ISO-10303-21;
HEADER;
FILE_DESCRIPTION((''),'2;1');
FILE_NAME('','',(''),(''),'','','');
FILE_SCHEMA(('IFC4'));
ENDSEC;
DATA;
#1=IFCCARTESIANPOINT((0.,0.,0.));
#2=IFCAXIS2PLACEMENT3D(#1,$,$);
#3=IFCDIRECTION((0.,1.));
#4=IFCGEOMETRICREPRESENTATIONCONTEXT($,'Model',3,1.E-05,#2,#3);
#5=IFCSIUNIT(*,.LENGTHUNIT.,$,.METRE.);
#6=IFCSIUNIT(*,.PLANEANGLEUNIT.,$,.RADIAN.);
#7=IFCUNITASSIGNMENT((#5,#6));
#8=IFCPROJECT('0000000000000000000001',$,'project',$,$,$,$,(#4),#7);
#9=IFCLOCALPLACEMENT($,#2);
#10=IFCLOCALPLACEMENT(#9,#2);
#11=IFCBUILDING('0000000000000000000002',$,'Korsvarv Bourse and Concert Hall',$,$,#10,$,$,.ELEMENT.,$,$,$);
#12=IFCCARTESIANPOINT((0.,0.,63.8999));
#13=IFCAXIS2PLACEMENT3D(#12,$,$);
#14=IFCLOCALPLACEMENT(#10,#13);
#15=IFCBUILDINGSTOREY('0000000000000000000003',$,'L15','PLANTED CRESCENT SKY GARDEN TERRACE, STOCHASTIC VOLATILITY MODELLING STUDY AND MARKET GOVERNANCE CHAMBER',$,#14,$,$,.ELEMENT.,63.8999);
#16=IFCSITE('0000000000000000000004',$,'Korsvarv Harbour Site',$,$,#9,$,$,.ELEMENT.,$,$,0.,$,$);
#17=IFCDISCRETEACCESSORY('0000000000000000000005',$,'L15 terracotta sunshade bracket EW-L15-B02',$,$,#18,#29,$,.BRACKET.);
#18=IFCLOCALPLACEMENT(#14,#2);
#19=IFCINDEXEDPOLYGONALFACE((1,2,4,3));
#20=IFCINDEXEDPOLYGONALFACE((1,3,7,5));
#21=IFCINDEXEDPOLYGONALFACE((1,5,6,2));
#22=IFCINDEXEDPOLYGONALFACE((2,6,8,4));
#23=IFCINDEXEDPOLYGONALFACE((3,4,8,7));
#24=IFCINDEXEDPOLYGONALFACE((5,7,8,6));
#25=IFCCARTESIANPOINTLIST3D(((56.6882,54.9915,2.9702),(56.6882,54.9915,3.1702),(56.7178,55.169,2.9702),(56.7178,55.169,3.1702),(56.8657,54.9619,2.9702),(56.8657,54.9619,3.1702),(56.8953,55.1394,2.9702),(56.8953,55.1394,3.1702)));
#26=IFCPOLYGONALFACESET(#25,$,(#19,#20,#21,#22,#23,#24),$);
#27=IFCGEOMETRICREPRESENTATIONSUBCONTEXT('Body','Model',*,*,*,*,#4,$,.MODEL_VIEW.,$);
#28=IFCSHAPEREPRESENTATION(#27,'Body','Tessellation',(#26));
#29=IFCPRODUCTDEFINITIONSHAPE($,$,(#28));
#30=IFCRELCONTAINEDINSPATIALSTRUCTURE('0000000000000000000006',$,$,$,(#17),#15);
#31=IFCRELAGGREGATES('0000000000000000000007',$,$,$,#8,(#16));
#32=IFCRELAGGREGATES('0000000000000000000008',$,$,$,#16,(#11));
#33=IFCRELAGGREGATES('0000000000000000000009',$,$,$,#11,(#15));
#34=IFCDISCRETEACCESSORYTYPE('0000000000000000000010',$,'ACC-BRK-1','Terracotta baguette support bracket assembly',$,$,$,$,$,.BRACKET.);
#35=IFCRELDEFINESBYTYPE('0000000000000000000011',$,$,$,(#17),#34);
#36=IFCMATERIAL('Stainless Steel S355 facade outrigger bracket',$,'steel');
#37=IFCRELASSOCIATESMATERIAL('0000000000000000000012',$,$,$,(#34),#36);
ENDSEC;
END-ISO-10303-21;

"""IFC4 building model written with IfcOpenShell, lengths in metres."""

from ifc_helpers import new_model, si_unit, direction, frame, origin, origin_2d, place, context, subcontext, project, spatial, rectangle, extrude, source, transform, mapped, material, type_object, element, save


model = new_model("IFC4")

# Units and contexts
model_context = context("Model", 3, precision=1e-05, world=origin(), true_north=direction((0.0, 1.0)))
body_context = subcontext(model_context, "Body", "Model", "MODEL_VIEW")
ifc_project = project(units=[si_unit("LENGTHUNIT", "METRE"), si_unit("PLANEANGLEUNIT", "RADIAN")], contexts=[model_context])

# Site, building, storey
site_placement = place(None, origin())
site = spatial("IfcSite", under=ifc_project, at=site_placement, Name="Korsvarv Harbour Site", CompositionType="ELEMENT", RefElevation=0.0)
building_placement = place(site_placement, origin())
building = spatial("IfcBuilding", under=site, at=building_placement, Name="Korsvarv Bourse and Concert Hall", CompositionType="ELEMENT")
storey_placement = place(building_placement, frame((0.0, 0.0, 63.8999)))
storey = spatial("IfcBuildingStorey", under=building, at=storey_placement, Name="L15", Description="PLANTED CRESCENT SKY GARDEN TERRACE, STOCHASTIC VOLATILITY MODELLING STUDY AND MARKET GOVERNANCE CHAMBER", CompositionType="ELEMENT", Elevation=63.8999)

# Discrete accessory
ifc_material_1 = material(Name="Stainless Steel S355 facade outrigger bracket", Category="steel")
discrete_accessory_type = type_object("IfcDiscreteAccessoryType", Name="ACC-BRK-1", Description="Terracotta baguette support bracket assembly", PredefinedType="BRACKET", material=ifc_material_1)
shared_shape_1 = source(origin(), body_context, "Body", "SweptSolid", [
    extrude(rectangle(XDim=0.1799, YDim=0.1799, at=origin_2d()), origin(), (0.0, 0.0, 1.0), 0.2),
])
discrete_accessory_placement = place(storey_placement, frame((56.7917, 55.0654, 2.9702), z_axis=(0.0, 0.0, 1.0), x_axis=(-0.986401, 0.164359, 0.0)))
element("IfcDiscreteAccessory", 1, at=discrete_accessory_placement, inside=storey, type_object=discrete_accessory_type, Name="L15 terracotta sunshade bracket EW-L15-B02", PredefinedType="BRACKET", context=body_context, shape_type="MappedRepresentation", body=[
    mapped(shared_shape_1, transform((0.0, 0.0, 0.0), scale=1.0)),
])

save(model, "model.ifc")
